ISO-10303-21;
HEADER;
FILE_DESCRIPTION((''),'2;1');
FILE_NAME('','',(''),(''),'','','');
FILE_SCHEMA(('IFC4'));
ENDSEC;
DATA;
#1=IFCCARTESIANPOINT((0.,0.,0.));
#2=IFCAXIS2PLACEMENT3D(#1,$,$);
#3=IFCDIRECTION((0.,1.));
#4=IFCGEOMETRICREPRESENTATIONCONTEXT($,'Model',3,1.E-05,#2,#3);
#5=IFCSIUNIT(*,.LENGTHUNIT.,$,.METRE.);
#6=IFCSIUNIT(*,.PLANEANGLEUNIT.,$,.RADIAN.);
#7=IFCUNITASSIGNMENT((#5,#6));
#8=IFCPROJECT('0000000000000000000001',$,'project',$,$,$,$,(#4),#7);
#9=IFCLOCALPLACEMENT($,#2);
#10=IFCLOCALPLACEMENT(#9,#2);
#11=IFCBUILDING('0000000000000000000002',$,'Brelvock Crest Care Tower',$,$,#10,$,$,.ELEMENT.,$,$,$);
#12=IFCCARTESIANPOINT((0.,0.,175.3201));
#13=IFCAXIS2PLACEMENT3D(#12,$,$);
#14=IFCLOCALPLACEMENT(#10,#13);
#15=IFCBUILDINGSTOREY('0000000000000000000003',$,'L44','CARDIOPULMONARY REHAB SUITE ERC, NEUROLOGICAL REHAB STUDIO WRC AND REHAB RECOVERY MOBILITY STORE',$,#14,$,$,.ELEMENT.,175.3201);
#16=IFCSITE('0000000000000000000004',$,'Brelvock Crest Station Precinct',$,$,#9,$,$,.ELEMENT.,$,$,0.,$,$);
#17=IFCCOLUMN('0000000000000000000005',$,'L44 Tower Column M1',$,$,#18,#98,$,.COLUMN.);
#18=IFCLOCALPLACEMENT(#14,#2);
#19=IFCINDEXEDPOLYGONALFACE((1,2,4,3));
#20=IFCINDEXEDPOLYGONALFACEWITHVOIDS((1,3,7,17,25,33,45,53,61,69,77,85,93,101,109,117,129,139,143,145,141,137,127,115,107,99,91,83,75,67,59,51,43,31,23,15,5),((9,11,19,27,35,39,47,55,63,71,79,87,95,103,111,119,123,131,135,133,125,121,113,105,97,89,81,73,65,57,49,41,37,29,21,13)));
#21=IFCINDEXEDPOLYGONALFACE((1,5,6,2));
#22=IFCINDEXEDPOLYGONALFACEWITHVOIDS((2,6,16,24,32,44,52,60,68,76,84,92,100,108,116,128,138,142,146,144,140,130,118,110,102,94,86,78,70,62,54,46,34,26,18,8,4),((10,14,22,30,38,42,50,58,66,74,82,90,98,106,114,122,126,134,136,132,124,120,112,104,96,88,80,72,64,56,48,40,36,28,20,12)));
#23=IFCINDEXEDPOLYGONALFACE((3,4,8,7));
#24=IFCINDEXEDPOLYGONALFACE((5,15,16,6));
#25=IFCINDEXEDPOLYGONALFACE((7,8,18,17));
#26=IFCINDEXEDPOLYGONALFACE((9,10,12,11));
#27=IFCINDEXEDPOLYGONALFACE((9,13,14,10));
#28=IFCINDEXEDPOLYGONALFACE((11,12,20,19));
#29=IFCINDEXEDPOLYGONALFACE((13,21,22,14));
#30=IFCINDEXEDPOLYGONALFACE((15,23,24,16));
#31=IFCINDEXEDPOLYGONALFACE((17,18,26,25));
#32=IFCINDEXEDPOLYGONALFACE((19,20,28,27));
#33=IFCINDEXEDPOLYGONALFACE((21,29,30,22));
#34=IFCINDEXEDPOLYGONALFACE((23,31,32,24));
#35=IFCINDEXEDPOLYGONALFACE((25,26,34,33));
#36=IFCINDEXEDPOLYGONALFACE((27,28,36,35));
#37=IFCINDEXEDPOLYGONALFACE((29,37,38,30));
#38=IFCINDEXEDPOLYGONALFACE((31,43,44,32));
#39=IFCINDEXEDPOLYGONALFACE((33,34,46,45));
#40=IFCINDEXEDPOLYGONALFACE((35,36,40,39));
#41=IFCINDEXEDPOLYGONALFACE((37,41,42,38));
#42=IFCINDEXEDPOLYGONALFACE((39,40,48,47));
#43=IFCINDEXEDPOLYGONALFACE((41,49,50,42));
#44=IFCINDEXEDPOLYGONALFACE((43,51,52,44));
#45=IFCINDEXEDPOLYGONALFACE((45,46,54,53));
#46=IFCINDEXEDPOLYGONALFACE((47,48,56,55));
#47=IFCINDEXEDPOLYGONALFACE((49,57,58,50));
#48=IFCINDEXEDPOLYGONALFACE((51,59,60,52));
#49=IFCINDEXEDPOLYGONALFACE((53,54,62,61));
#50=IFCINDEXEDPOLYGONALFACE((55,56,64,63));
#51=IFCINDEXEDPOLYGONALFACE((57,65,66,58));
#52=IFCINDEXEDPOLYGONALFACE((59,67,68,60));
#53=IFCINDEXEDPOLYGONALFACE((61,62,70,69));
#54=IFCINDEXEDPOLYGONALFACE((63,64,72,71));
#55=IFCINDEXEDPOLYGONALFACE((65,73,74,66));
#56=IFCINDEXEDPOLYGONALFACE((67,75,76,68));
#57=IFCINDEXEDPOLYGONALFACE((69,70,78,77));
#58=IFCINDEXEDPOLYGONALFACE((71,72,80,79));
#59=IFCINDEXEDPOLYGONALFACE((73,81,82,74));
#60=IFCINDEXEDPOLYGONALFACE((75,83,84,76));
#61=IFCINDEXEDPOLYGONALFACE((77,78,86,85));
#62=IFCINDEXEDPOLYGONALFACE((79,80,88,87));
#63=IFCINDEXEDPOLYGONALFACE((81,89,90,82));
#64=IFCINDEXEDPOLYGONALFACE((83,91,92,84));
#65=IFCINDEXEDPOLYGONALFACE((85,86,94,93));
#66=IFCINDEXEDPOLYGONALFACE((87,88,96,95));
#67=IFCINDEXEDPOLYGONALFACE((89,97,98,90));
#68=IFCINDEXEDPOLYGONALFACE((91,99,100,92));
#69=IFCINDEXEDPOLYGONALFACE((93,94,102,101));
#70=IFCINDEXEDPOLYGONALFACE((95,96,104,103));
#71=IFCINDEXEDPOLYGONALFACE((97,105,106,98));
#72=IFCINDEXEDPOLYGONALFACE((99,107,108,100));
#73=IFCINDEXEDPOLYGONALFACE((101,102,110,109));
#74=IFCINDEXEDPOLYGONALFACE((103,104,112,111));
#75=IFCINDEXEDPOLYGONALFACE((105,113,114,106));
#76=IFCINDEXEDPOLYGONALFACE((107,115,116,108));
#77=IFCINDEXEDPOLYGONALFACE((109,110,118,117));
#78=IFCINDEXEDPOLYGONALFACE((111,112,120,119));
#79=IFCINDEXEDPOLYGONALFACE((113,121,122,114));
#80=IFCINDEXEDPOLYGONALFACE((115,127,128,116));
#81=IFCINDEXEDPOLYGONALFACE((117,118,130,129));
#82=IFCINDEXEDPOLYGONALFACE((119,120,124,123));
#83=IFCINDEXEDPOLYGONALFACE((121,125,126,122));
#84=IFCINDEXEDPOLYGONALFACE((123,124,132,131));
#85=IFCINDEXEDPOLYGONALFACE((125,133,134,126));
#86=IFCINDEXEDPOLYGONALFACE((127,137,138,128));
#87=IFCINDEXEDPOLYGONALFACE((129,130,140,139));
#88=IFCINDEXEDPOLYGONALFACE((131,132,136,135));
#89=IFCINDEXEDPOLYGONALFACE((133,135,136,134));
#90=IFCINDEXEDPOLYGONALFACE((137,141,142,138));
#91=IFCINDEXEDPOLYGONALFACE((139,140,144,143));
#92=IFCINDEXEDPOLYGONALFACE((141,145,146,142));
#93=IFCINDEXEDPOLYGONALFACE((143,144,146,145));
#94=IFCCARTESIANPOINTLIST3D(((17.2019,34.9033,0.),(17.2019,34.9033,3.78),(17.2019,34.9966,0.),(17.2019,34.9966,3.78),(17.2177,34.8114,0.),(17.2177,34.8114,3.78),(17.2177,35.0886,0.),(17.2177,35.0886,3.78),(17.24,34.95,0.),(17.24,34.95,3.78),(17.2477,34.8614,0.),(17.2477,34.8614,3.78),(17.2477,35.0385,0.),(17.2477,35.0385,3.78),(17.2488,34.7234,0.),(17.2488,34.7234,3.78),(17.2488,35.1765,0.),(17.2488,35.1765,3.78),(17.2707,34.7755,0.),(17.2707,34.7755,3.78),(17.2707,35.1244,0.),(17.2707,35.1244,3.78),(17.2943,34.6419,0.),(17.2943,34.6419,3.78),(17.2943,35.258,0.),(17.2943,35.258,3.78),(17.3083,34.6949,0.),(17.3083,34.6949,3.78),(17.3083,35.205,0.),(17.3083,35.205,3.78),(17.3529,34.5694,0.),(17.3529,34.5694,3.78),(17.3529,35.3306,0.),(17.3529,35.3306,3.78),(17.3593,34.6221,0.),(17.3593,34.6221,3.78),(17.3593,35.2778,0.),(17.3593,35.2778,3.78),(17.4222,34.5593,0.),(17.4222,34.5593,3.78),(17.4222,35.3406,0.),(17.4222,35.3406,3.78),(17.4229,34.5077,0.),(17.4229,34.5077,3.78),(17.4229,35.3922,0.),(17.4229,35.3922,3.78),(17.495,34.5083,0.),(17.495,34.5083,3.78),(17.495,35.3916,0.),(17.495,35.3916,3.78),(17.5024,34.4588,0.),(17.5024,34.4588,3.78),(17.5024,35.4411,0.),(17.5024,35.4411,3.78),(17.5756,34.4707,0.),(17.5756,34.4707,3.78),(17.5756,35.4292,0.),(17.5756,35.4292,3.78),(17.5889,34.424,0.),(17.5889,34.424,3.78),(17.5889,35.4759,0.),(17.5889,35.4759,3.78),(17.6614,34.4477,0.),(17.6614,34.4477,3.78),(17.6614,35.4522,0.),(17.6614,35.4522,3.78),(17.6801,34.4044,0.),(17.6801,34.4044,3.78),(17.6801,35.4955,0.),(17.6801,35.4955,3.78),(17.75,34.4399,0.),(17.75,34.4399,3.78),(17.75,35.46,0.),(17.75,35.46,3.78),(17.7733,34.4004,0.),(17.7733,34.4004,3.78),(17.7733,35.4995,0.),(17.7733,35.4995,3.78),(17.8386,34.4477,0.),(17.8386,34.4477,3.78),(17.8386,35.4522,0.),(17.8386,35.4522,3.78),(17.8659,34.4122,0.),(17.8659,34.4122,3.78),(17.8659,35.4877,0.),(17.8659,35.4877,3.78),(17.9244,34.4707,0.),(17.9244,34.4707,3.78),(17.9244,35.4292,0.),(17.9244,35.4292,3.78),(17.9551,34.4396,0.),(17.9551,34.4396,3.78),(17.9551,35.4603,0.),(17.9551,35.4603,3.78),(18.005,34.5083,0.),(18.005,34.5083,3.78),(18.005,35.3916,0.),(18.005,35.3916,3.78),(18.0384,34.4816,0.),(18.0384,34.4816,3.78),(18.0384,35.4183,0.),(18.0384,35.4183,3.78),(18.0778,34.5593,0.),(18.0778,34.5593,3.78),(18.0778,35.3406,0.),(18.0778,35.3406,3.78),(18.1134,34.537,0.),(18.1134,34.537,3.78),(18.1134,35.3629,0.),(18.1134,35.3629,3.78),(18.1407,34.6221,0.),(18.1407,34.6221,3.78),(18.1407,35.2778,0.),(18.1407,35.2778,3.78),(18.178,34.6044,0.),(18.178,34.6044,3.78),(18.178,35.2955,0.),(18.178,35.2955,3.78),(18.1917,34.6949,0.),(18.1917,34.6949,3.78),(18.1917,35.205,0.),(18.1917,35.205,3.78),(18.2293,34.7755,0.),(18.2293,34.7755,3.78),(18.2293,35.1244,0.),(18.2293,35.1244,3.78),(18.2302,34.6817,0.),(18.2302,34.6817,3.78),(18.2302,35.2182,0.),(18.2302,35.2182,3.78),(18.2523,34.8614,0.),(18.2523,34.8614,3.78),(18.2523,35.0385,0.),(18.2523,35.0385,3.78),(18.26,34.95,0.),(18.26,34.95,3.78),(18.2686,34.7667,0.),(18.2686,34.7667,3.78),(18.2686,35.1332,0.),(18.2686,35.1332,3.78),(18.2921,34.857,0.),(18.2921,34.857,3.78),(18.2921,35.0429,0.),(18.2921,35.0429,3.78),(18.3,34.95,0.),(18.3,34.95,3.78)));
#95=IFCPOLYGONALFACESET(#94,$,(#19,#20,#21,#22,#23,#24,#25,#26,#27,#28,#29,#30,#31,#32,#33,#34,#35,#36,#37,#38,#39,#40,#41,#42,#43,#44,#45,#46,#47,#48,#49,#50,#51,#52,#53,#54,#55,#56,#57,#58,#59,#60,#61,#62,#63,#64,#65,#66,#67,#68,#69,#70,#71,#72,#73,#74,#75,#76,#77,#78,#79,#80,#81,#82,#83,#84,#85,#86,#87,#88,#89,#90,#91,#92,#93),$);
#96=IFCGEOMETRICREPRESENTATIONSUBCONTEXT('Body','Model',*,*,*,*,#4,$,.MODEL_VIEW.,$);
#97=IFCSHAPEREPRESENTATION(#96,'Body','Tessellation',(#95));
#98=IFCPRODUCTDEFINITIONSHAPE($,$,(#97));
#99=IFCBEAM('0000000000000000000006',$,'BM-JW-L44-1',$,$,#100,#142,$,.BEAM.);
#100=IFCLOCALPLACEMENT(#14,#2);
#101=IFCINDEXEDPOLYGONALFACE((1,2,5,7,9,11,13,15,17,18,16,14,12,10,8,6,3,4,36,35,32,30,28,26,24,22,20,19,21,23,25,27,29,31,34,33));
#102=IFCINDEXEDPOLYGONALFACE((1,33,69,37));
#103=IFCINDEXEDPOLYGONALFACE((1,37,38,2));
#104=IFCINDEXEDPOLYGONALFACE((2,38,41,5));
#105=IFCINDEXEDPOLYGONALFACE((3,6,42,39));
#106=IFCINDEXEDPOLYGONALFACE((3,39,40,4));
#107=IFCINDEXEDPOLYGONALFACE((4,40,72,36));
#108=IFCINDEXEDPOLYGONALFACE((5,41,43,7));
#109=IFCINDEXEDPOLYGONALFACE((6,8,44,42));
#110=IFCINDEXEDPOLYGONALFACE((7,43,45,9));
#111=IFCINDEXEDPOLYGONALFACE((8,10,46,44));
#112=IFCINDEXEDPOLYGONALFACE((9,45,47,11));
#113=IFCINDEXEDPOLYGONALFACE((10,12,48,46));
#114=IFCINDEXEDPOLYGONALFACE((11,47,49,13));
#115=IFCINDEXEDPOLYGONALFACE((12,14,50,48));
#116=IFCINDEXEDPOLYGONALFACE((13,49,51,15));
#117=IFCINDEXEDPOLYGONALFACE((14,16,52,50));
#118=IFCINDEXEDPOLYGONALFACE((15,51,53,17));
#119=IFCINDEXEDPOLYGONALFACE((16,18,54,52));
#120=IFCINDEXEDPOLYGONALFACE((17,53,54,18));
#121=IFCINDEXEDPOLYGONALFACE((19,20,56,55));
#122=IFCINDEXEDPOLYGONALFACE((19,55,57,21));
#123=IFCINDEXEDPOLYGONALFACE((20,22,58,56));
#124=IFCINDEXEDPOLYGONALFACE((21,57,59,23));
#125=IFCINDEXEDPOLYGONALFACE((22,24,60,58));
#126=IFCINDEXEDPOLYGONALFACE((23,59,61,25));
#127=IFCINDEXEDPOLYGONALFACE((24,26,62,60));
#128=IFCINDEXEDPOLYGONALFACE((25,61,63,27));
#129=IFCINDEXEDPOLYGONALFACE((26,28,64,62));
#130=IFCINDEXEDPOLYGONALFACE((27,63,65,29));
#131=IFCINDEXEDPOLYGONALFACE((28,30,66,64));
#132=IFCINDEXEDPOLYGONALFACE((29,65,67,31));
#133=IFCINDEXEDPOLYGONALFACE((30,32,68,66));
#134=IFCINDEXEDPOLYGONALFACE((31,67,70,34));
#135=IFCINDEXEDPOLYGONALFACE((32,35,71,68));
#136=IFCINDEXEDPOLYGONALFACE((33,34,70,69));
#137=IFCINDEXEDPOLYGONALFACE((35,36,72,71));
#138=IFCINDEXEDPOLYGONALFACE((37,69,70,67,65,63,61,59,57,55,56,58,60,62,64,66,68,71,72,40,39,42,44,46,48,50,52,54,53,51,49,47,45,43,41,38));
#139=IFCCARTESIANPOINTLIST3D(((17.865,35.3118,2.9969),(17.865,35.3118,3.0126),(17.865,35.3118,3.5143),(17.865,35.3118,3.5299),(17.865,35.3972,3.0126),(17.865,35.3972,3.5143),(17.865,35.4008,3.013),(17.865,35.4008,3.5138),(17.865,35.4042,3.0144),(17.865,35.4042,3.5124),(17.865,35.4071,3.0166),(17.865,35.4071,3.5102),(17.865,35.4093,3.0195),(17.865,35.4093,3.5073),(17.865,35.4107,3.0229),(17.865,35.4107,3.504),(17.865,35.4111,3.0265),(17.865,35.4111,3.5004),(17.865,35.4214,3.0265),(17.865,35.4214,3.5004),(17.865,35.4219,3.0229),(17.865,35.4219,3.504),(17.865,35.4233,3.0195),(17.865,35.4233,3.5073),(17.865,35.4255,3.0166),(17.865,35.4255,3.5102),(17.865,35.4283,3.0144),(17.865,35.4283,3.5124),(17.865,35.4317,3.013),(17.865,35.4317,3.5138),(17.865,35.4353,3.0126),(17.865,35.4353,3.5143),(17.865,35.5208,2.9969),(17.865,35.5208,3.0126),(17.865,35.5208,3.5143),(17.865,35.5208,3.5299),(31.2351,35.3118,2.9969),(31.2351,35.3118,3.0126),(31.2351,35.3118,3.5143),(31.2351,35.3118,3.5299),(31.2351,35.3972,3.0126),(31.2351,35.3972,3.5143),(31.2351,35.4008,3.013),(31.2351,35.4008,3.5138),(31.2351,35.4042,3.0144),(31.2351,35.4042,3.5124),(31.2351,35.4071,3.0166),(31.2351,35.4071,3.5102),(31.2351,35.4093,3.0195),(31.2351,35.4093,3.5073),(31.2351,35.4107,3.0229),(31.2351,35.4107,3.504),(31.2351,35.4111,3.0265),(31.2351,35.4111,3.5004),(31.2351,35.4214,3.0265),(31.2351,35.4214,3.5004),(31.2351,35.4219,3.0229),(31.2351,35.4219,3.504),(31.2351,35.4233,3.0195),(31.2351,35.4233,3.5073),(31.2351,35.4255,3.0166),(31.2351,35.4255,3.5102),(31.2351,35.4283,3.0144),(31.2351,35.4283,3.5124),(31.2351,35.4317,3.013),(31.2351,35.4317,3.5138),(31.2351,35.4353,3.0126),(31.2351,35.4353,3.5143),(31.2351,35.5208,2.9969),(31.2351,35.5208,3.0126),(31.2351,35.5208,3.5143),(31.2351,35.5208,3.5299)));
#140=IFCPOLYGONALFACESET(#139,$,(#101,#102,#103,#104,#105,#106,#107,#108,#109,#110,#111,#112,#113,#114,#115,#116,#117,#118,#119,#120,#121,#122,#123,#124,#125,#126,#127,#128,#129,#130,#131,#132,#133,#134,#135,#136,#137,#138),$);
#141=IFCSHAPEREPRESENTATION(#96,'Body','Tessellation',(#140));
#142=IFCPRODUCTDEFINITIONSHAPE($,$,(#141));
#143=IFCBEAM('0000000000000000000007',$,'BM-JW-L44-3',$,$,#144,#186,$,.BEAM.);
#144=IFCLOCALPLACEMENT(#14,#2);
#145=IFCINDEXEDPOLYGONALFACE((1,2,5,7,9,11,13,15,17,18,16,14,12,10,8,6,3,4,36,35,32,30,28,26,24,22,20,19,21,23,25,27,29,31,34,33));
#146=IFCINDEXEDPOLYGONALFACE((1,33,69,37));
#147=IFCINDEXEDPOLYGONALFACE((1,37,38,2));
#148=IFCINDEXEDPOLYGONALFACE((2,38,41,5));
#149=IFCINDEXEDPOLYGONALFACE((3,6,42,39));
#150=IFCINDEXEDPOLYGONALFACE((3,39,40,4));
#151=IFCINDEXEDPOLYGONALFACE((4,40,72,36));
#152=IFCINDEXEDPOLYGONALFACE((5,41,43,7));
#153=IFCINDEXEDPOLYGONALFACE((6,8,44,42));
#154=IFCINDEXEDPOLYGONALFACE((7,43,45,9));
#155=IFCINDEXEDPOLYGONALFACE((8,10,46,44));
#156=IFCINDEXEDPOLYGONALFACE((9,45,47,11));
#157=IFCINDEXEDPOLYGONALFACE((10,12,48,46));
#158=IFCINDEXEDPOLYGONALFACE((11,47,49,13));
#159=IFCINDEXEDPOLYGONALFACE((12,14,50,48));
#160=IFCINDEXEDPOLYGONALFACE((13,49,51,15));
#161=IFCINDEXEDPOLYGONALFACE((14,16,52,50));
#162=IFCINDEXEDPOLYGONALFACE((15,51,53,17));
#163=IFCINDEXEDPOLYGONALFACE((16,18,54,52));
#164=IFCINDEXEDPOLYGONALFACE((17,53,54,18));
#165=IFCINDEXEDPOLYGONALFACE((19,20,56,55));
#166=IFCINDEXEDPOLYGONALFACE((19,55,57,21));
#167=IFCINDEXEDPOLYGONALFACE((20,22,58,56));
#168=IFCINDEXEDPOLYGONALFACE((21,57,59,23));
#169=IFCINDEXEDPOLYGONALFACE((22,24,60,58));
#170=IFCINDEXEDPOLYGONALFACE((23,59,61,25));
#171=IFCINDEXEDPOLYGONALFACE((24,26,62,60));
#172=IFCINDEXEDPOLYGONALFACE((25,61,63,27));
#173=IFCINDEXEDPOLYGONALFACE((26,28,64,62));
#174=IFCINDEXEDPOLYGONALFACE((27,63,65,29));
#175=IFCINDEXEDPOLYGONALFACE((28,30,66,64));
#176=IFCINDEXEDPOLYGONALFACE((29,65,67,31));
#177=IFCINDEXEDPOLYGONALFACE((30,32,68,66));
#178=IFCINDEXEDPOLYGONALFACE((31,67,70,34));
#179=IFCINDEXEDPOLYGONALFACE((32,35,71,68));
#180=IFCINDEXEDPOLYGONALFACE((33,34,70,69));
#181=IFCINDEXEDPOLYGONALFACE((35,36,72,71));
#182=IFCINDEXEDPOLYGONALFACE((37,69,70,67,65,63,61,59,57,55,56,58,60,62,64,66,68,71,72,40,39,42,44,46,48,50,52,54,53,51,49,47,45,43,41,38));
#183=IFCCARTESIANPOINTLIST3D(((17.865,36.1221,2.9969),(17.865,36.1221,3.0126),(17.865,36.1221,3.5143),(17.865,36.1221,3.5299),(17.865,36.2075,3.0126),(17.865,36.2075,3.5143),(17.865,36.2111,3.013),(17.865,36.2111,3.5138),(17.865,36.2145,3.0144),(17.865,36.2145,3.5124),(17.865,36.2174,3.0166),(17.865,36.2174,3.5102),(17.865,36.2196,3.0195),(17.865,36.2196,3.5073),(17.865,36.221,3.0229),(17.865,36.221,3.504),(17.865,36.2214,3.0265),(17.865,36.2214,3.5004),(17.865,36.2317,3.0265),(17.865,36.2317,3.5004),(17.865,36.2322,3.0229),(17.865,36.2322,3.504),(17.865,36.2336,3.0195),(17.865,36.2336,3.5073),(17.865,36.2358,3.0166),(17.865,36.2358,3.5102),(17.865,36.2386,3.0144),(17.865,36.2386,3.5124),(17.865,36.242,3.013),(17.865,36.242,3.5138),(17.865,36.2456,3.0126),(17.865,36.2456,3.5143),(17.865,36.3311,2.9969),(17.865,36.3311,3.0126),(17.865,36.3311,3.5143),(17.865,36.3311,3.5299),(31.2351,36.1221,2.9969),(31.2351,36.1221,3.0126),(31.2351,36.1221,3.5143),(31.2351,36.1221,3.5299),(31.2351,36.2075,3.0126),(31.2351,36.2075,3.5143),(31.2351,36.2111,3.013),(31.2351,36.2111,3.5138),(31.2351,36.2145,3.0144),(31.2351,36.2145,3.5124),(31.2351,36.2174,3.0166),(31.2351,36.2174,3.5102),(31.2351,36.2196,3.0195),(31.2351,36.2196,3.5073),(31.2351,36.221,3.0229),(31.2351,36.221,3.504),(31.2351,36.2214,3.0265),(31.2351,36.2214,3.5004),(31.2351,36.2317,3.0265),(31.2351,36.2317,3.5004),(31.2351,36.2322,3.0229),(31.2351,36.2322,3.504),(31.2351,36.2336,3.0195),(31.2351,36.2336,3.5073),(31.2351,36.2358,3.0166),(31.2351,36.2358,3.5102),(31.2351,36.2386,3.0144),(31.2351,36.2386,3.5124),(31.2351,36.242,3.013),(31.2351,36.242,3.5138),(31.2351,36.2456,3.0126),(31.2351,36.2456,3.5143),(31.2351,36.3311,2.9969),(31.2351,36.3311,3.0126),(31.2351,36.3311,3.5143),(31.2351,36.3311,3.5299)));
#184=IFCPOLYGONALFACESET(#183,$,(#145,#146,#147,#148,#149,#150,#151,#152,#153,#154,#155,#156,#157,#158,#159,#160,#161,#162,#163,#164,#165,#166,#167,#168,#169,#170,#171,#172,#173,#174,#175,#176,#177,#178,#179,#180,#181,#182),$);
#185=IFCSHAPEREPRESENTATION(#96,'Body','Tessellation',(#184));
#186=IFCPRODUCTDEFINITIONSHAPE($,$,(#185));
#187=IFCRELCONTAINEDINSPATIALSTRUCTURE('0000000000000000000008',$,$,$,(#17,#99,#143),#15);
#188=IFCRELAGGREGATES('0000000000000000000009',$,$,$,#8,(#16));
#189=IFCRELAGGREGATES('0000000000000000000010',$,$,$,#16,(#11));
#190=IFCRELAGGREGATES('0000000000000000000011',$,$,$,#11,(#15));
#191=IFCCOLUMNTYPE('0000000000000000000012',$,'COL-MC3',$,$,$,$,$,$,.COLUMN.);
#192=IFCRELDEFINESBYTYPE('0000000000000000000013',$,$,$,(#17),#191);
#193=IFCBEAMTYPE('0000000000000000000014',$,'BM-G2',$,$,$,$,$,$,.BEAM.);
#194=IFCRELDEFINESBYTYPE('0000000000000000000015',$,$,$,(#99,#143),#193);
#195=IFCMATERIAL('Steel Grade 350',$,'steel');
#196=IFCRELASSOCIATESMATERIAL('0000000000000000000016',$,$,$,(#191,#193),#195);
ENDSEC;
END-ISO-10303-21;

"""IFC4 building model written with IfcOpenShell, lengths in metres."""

from ifc_helpers import new_model, si_unit, direction, frame, origin, origin_2d, place, context, subcontext, project, spatial, hollow_circle, i_section, extrude, source, transform, mapped, material, material_profile, profile_set, type_object, element, save


model = new_model("IFC4")

# Units and contexts
model_context = context("Model", 3, precision=1e-05, world=origin(), true_north=direction((0.0, 1.0)))
body_context = subcontext(model_context, "Body", "Model", "MODEL_VIEW")
ifc_project = project(units=[si_unit("LENGTHUNIT", "METRE"), si_unit("PLANEANGLEUNIT", "RADIAN")], contexts=[model_context])

# Site, building, storey
site_placement = place(None, origin())
site = spatial("IfcSite", under=ifc_project, at=site_placement, Name="Brelvock Crest Station Precinct", CompositionType="ELEMENT", RefElevation=0.0)
building_placement = place(site_placement, origin())
building = spatial("IfcBuilding", under=site, at=building_placement, Name="Brelvock Crest Care Tower", CompositionType="ELEMENT")
storey_placement = place(building_placement, frame((0.0, 0.0, 175.3201)))
storey = spatial("IfcBuildingStorey", under=building, at=storey_placement, Name="L44", Description="CARDIOPULMONARY REHAB SUITE ERC, NEUROLOGICAL REHAB STUDIO WRC AND REHAB RECOVERY MOBILITY STORE", CompositionType="ELEMENT", Elevation=175.3201)

# Column
ifc_material_1 = material(Name="Steel Grade 350", Category="steel")
ifc_material_profile_1 = material_profile(ifc_material_1, hollow_circle(Radius=0.55, WallThickness=0.04, at=origin_2d()), Name="CFT1100x40")
ifc_profile_set_1 = profile_set([ifc_material_profile_1], Name="Steel Grade 350")
column_type = type_object("IfcColumnType", Name="COL-MC3", PredefinedType="COLUMN", material=ifc_profile_set_1)
shared_shape_1 = source(origin(), body_context, "Body", "SweptSolid", [
    extrude(hollow_circle(Radius=0.55, WallThickness=0.04, at=origin_2d()), origin(), (0.0, 0.0, 1.0), 3.78),
])
column_placement = place(storey_placement, frame((17.75, 34.95, 0.0), z_axis=(0.0, 0.0, 1.0), x_axis=(1.0, 0.0, 0.0)))
element("IfcColumn", 1, at=column_placement, inside=storey, type_object=column_type, Name="L44 Tower Column M1", PredefinedType="COLUMN", context=body_context, shape_type="MappedRepresentation", body=[
    mapped(shared_shape_1, transform((0.0, 0.0, 0.0), x_axis=(1.0, 0.0, 0.0), y_axis=(0.0, 1.0, 0.0), z_axis=(0.0, 0.0, 1.0), scale=1.0)),
])

# Beams
ifc_material_profile_2 = material_profile(ifc_material_1, i_section(OverallWidth=0.209, OverallDepth=0.533, WebThickness=0.0103, FlangeThickness=0.0156, FilletRadius=0.0139, at=origin_2d()), Name="530UB92.4")
ifc_profile_set_2 = profile_set([ifc_material_profile_2], Name="Steel Grade 350")
beam_type_1 = type_object("IfcBeamType", Name="BM-G2", PredefinedType="BEAM", material=ifc_profile_set_2)
shared_shape_2 = source(origin(), body_context, "Body", "SweptSolid", [
    extrude(i_section(OverallWidth=0.209, OverallDepth=0.533, WebThickness=0.0103, FlangeThickness=0.0156, FilletRadius=0.0139, at=origin_2d()), origin(), (0.0, 0.0, 1.0), 13.3701),
])
for number, where, z_axis, x_axis, name in (
    (2, (17.865, 35.4163, 3.2634), (1.0, 0.0, 0.0), (0.0, 1.0, 0.0), "BM-JW-L44-1"),
    (3, (17.865, 36.2266, 3.2634), (1.0, 0.0, 0.0), (0.0, 1.0, 0.0), "BM-JW-L44-3"),
):
    element("IfcBeam", number, at=place(storey_placement, frame(where, z_axis=z_axis, x_axis=x_axis)), inside=storey, type_object=beam_type_1, Name=name, PredefinedType="BEAM", context=body_context, shape_type="MappedRepresentation", body=[
        mapped(shared_shape_2, transform((0.0, 0.0, 0.0), x_axis=(1.0, 0.0, 0.0), y_axis=(0.0, 1.0, 0.0), z_axis=(0.0, 0.0, 1.0), scale=1.0)),
    ])

save(model, "model.ifc")
